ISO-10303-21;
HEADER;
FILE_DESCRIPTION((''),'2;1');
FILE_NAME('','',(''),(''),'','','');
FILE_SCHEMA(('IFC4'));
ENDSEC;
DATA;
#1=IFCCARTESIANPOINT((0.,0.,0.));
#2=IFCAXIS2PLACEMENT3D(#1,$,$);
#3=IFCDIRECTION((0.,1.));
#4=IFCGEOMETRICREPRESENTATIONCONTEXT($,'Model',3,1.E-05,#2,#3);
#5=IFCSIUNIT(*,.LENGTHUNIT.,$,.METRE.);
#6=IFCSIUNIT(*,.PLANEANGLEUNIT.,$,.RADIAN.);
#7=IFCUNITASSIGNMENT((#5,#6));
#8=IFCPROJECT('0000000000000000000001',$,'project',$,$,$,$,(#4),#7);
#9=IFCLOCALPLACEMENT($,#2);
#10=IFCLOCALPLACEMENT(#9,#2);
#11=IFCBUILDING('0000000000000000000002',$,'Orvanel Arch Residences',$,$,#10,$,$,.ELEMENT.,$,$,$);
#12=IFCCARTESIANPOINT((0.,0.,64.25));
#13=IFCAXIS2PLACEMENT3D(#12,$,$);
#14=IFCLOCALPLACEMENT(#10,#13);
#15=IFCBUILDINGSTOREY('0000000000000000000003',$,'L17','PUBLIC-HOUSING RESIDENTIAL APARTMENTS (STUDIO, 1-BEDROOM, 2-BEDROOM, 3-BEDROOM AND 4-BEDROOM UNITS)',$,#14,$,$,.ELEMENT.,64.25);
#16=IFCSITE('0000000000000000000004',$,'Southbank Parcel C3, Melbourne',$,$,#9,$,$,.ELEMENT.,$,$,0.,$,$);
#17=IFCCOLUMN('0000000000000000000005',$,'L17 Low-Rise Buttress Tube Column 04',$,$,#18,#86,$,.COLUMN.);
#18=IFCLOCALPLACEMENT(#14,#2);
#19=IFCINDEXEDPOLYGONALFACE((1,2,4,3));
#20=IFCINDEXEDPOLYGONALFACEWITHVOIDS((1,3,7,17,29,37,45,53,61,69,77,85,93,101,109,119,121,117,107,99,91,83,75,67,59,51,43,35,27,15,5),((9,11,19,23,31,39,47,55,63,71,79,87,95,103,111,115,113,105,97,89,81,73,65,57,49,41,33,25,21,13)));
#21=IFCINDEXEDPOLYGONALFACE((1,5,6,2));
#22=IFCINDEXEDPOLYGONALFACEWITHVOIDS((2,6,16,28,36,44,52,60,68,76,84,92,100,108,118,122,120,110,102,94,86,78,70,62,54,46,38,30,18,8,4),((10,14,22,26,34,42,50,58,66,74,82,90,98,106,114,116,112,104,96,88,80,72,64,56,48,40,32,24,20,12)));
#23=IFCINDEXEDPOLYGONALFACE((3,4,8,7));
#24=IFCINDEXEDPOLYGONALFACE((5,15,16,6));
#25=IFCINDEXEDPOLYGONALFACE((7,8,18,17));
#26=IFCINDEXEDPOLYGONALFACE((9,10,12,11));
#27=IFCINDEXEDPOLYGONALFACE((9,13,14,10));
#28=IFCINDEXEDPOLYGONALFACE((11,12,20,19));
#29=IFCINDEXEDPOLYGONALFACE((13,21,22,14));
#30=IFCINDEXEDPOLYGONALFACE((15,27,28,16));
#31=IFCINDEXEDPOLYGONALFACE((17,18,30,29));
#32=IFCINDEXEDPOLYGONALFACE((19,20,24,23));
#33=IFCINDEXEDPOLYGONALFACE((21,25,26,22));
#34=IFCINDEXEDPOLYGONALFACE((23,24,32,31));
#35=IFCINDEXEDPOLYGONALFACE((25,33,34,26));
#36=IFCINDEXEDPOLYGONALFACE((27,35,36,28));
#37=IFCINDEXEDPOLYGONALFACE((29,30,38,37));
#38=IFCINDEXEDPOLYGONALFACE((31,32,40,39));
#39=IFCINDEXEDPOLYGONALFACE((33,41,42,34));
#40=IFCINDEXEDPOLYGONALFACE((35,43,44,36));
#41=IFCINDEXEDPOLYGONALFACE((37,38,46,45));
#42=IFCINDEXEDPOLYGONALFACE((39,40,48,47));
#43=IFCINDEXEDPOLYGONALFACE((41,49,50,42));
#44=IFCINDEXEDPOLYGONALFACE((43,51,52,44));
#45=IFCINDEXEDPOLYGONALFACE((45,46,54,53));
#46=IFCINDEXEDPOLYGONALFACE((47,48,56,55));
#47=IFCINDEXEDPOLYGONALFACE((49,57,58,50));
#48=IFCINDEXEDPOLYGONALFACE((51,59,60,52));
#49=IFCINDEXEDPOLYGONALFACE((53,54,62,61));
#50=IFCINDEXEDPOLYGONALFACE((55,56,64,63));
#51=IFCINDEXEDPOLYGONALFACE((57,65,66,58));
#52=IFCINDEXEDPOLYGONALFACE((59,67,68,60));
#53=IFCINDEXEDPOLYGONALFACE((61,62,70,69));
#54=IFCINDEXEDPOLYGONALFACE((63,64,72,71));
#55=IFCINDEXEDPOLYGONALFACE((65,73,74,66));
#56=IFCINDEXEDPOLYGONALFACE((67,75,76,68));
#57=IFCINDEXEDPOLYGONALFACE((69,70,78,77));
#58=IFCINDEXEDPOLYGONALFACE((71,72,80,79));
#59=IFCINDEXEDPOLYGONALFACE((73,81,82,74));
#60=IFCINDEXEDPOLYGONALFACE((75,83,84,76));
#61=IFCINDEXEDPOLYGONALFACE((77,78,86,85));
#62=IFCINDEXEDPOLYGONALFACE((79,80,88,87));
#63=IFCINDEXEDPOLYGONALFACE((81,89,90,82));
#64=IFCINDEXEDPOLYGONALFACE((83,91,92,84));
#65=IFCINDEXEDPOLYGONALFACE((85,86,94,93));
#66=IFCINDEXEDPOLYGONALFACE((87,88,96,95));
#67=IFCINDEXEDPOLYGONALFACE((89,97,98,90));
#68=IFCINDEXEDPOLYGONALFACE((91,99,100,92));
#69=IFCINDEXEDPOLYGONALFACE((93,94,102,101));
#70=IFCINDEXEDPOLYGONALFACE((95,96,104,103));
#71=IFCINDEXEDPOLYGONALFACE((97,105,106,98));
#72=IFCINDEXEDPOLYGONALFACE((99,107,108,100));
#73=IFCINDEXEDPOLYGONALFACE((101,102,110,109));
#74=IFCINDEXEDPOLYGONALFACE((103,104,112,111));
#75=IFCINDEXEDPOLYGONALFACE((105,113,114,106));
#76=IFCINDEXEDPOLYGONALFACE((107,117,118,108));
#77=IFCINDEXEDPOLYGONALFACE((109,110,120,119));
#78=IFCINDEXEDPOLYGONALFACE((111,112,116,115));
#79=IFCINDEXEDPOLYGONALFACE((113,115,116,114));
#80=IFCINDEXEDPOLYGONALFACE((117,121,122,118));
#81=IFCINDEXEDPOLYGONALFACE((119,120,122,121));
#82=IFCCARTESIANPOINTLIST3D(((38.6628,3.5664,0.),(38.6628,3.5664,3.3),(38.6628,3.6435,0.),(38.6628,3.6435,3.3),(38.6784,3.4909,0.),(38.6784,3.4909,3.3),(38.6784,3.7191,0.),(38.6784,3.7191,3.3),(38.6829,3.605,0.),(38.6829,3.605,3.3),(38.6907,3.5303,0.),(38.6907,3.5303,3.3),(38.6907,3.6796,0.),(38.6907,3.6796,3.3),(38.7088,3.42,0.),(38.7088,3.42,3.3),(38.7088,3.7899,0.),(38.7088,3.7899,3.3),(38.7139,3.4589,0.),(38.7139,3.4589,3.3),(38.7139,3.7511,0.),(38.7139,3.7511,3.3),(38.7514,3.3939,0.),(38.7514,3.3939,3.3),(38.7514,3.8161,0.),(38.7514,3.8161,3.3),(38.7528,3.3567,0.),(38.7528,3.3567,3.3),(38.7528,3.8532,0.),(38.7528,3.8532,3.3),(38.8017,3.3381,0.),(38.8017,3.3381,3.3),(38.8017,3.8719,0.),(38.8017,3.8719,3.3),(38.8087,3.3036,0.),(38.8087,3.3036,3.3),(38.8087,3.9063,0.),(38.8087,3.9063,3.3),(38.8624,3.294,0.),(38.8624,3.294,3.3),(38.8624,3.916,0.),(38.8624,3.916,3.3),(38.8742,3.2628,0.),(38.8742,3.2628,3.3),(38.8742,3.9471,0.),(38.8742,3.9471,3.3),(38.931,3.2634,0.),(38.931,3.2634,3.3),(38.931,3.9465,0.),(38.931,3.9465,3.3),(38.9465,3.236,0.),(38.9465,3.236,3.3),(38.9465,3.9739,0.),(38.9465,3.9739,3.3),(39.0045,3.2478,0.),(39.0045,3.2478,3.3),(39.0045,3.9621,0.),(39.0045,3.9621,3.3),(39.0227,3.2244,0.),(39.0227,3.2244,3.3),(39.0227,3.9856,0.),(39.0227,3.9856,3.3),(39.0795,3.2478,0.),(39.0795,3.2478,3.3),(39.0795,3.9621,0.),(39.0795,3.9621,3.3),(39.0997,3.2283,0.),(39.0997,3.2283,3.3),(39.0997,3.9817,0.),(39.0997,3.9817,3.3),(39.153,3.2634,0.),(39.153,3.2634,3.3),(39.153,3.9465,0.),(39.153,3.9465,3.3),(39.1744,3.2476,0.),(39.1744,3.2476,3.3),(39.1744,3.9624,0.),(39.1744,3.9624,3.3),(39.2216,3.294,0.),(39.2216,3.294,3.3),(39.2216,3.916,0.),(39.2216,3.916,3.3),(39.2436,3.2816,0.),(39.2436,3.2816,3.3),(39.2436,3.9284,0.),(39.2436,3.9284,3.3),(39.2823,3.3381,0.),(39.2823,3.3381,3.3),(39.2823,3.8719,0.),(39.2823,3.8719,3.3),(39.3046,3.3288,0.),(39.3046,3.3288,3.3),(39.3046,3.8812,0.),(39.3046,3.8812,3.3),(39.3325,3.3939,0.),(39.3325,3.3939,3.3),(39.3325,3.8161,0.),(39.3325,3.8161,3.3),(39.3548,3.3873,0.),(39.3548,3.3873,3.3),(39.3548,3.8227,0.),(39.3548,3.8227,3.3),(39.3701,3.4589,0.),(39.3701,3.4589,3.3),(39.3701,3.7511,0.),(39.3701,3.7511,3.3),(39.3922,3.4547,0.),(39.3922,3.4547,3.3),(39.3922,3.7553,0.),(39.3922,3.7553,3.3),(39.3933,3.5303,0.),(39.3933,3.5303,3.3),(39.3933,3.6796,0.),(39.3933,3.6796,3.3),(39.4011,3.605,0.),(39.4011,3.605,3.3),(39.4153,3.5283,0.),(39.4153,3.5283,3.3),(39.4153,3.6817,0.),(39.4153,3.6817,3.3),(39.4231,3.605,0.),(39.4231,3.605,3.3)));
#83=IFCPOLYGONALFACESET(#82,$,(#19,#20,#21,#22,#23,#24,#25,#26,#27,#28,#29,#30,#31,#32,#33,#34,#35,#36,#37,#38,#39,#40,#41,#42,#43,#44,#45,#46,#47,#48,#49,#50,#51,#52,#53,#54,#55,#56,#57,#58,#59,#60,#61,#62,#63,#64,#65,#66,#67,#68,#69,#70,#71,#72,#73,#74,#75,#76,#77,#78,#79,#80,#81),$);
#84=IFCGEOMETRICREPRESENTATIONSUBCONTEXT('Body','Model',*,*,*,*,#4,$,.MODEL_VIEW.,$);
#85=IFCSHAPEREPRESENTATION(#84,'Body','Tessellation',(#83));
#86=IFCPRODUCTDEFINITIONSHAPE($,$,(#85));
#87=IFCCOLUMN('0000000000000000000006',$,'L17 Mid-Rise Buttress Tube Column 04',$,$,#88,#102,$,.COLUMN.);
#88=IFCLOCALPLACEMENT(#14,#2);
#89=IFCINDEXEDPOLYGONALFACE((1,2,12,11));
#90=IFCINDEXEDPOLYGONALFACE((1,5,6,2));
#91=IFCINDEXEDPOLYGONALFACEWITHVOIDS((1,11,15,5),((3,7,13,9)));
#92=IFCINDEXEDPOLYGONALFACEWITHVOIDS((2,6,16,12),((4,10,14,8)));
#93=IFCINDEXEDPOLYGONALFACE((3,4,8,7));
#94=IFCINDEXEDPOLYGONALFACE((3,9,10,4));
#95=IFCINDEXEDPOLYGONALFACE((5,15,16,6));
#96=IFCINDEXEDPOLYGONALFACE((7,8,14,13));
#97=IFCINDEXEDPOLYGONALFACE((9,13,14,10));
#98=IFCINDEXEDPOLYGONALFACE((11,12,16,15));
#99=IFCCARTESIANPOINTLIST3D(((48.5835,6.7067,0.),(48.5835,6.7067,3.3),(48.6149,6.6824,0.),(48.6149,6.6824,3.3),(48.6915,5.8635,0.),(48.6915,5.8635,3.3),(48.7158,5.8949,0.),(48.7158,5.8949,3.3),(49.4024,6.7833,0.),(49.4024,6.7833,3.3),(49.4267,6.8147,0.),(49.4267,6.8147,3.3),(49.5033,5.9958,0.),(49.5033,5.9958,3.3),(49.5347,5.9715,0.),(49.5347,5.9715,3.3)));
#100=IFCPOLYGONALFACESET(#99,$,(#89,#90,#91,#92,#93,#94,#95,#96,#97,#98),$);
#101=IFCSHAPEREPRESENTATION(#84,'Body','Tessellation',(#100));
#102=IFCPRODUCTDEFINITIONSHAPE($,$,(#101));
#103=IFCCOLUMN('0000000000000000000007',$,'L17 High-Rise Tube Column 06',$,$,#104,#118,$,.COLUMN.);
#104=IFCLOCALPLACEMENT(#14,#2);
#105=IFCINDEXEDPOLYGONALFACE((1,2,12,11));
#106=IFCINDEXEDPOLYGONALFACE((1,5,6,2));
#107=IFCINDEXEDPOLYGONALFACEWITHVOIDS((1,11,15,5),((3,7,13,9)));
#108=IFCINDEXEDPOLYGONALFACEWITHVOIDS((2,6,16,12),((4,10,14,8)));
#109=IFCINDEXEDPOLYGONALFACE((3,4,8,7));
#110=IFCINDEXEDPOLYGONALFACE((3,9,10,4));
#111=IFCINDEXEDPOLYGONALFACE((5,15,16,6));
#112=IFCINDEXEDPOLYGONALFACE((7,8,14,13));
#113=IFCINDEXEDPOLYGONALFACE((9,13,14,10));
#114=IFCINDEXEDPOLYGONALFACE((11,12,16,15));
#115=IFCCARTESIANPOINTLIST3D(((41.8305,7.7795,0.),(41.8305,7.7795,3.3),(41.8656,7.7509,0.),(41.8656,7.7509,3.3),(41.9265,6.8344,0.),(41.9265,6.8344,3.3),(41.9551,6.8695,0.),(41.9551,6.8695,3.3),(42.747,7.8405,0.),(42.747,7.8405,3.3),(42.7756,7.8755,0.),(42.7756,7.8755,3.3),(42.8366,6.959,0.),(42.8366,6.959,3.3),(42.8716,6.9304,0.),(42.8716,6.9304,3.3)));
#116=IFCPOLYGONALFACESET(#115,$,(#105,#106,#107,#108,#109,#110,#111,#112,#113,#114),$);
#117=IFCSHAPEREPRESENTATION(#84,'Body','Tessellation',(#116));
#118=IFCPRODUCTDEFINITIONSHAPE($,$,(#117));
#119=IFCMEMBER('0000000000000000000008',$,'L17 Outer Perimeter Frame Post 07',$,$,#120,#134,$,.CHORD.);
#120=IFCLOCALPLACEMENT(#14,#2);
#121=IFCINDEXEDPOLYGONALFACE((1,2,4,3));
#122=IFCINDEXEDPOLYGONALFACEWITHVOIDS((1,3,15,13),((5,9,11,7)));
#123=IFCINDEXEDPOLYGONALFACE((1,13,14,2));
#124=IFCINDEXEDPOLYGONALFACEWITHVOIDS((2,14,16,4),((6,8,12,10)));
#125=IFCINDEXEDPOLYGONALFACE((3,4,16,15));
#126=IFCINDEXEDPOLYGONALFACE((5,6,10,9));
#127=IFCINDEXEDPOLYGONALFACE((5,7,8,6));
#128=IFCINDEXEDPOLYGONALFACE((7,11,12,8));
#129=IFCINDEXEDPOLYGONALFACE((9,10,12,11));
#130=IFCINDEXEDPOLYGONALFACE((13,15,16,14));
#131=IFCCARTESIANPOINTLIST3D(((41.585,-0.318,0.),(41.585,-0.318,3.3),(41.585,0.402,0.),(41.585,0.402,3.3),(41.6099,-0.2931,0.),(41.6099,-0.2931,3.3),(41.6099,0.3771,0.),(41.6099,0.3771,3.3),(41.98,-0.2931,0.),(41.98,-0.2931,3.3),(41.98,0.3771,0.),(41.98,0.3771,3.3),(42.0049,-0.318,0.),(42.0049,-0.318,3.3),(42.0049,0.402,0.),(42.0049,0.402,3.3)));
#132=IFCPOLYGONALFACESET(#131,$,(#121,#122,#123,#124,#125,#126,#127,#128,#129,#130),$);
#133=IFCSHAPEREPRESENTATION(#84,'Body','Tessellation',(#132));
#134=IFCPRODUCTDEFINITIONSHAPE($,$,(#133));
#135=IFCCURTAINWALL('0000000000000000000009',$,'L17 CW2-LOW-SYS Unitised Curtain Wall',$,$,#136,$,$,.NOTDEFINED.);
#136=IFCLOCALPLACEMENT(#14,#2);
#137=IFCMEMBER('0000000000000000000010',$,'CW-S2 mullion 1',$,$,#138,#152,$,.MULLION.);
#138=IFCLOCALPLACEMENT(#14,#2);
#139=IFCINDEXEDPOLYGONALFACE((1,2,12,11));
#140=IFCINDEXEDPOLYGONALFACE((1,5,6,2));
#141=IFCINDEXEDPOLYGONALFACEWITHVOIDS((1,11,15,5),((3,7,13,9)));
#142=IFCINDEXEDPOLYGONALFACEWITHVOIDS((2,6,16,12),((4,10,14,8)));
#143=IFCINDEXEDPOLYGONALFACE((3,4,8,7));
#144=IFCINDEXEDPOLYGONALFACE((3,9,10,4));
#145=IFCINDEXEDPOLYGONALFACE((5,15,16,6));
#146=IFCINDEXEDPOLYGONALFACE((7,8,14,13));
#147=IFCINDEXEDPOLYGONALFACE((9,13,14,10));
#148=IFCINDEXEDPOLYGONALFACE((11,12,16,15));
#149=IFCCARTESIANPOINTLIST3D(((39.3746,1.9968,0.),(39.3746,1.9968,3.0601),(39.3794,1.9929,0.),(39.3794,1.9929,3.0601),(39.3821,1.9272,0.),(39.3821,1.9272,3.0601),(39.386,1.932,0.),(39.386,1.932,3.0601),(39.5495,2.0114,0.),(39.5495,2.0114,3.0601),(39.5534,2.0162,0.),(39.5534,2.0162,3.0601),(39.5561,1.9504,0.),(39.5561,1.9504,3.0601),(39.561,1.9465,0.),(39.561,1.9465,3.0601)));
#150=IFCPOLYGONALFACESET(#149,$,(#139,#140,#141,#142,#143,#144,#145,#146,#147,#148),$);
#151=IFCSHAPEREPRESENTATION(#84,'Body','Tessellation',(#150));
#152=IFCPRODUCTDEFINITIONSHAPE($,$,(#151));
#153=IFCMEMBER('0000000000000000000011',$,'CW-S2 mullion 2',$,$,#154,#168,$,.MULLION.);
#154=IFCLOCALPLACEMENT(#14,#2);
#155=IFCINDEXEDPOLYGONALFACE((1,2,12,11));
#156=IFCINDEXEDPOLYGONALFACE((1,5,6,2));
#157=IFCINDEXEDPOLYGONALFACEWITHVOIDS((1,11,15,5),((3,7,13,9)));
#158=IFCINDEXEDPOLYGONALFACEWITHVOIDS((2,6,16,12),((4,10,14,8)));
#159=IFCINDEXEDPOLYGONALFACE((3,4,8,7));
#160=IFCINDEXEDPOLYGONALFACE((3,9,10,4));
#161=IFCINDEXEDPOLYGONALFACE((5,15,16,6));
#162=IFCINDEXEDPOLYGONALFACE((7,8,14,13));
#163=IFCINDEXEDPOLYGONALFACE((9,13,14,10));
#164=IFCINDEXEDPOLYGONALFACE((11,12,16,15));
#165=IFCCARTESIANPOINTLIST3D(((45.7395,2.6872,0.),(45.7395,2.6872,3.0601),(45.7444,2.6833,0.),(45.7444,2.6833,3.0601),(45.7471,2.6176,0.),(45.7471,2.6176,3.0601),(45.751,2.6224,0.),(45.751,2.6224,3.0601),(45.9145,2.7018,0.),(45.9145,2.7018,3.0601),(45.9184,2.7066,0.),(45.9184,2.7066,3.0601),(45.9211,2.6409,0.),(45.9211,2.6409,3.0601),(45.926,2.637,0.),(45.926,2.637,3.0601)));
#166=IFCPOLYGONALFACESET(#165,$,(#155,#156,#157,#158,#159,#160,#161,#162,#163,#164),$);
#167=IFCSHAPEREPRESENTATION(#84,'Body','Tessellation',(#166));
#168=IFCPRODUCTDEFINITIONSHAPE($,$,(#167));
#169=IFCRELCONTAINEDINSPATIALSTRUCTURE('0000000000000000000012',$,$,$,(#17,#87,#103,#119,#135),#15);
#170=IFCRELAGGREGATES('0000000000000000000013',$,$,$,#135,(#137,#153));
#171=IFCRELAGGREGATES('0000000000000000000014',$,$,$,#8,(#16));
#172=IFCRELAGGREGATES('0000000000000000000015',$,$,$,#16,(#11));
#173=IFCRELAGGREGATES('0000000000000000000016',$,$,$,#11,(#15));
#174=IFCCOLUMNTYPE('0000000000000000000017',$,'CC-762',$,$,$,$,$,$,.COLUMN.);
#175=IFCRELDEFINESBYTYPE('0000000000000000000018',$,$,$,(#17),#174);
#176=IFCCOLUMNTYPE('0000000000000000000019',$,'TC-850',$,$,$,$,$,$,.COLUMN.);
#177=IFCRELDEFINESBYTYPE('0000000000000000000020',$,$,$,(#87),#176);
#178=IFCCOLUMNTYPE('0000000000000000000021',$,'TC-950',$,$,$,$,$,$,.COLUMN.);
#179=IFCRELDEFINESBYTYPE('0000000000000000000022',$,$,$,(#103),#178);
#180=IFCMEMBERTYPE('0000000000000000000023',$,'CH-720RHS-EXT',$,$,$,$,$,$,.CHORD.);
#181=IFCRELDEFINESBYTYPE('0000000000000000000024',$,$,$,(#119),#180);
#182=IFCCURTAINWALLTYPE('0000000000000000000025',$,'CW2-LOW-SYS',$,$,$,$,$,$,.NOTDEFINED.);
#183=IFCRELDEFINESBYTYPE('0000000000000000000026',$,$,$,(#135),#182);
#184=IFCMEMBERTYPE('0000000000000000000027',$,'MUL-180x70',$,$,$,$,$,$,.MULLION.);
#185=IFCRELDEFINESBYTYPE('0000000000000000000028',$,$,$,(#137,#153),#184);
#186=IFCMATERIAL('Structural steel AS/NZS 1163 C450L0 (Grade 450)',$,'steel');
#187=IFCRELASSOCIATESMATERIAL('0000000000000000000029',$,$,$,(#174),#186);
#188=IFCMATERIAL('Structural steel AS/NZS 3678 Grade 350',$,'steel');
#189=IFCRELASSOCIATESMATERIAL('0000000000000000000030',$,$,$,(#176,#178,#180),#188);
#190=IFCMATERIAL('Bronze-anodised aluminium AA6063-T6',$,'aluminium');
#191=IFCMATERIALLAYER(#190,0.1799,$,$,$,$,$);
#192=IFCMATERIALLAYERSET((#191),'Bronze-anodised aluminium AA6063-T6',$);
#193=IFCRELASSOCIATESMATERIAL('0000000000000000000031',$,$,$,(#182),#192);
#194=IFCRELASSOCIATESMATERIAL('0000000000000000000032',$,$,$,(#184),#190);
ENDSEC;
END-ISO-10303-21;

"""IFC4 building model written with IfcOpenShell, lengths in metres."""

from ifc_helpers import new_model, si_unit, direction, frame, origin, origin_2d, place, context, subcontext, project, spatial, hollow_rectangle, hollow_circle, extrude, material, layer, layer_set, material_profile, profile_set, type_object, element, aggregate, save


model = new_model("IFC4")

# Units and contexts
model_context = context("Model", 3, precision=1e-05, world=origin(), true_north=direction((0.0, 1.0)))
body_context = subcontext(model_context, "Body", "Model", "MODEL_VIEW")
ifc_project = project(units=[si_unit("LENGTHUNIT", "METRE"), si_unit("PLANEANGLEUNIT", "RADIAN")], contexts=[model_context])

# Site, building, storey
site_placement = place(None, origin())
site = spatial("IfcSite", under=ifc_project, at=site_placement, Name="Southbank Parcel C3, Melbourne", CompositionType="ELEMENT", RefElevation=0.0)
building_placement = place(site_placement, origin())
building = spatial("IfcBuilding", under=site, at=building_placement, Name="Orvanel Arch Residences", CompositionType="ELEMENT")
storey_placement = place(building_placement, frame((0.0, 0.0, 64.25)))
storey = spatial("IfcBuildingStorey", under=building, at=storey_placement, Name="L17", Description="PUBLIC-HOUSING RESIDENTIAL APARTMENTS (STUDIO, 1-BEDROOM, 2-BEDROOM, 3-BEDROOM AND 4-BEDROOM UNITS)", CompositionType="ELEMENT", Elevation=64.25)

# Columns
ifc_material_1 = material(Name="Structural steel AS/NZS 1163 C450L0 (Grade 450)", Category="steel")
ifc_material_profile_1 = material_profile(ifc_material_1, hollow_circle(Radius=0.3811, WallThickness=0.022, at=origin_2d()), Name="CHS762x22")
ifc_profile_set_1 = profile_set([ifc_material_profile_1], Name="Structural steel AS/NZS 1163 C450L0 (Grade 450)")
column_type_1 = type_object("IfcColumnType", Name="CC-762", PredefinedType="COLUMN", material=ifc_profile_set_1)
column_1_placement = place(storey_placement, frame((39.042, 3.605, 0.0), z_axis=(0.0, 0.0, 1.0), x_axis=(1.0, 0.0, 0.0)))
element("IfcColumn", 1, at=column_1_placement, inside=storey, type_object=column_type_1, Name="L17 Low-Rise Buttress Tube Column 04", PredefinedType="COLUMN", context=body_context, shape_type="SweptSolid", body=[
    extrude(hollow_circle(Radius=0.3811, WallThickness=0.022, at=origin_2d()), origin(), (0.0, 0.0, 1.0), 3.3),
])
ifc_material_2 = material(Name="Structural steel AS/NZS 3678 Grade 350", Category="steel")
ifc_material_profile_2 = material_profile(ifc_material_2, hollow_rectangle(XDim=0.8501, YDim=0.8501, WallThickness=0.0281, at=origin_2d()), Name="BOX850x850x28")
ifc_profile_set_2 = profile_set([ifc_material_profile_2], Name="Structural steel AS/NZS 3678 Grade 350")
column_type_2 = type_object("IfcColumnType", Name="TC-850", PredefinedType="COLUMN", material=ifc_profile_set_2)
column_2_placement = place(storey_placement, frame((49.0591, 6.3391, 0.0), z_axis=(0.0, 0.0, 1.0), x_axis=(0.991894, 0.127065, 0.0)))
element("IfcColumn", 2, at=column_2_placement, inside=storey, type_object=column_type_2, Name="L17 Mid-Rise Buttress Tube Column 04", PredefinedType="COLUMN", context=body_context, shape_type="SweptSolid", body=[
    extrude(hollow_rectangle(XDim=0.8501, YDim=0.8501, WallThickness=0.0281, at=origin_2d()), origin(), (0.0, 0.0, 1.0), 3.3),
])
ifc_material_profile_3 = material_profile(ifc_material_2, hollow_rectangle(XDim=0.95, YDim=0.95, WallThickness=0.032, at=origin_2d()), Name="BOX950x950x32")
ifc_profile_set_3 = profile_set([ifc_material_profile_3], Name="Structural steel AS/NZS 3678 Grade 350")
column_type_3 = type_object("IfcColumnType", Name="TC-950", PredefinedType="COLUMN", material=ifc_profile_set_3)
column_3_placement = place(storey_placement, frame((42.3511, 7.355, 0.0), z_axis=(0.0, 0.0, 1.0), x_axis=(0.994881, 0.101056, 0.0)))
element("IfcColumn", 3, at=column_3_placement, inside=storey, type_object=column_type_3, Name="L17 High-Rise Tube Column 06", PredefinedType="COLUMN", context=body_context, shape_type="SweptSolid", body=[
    extrude(hollow_rectangle(XDim=0.95, YDim=0.95, WallThickness=0.032, at=origin_2d()), origin(), (0.0, 0.0, 1.0), 3.3),
])

# Member
ifc_material_profile_4 = material_profile(ifc_material_2, hollow_rectangle(XDim=0.4199, YDim=0.72, WallThickness=0.0249, at=origin_2d()), Name="RHS720x420x25")
ifc_profile_set_4 = profile_set([ifc_material_profile_4], Name="Structural steel AS/NZS 3678 Grade 350")
member_type_1 = type_object("IfcMemberType", Name="CH-720RHS-EXT", PredefinedType="CHORD", material=ifc_profile_set_4)
member_1_placement = place(storey_placement, frame((41.7949, 0.042, 0.0), z_axis=(0.0, 0.0, 1.0), x_axis=(1.0, 0.0, 0.0)))
element("IfcMember", 4, at=member_1_placement, inside=storey, type_object=member_type_1, Name="L17 Outer Perimeter Frame Post 07", PredefinedType="CHORD", context=body_context, shape_type="SweptSolid", body=[
    extrude(hollow_rectangle(XDim=0.4199, YDim=0.72, WallThickness=0.0249, at=origin_2d()), origin(), (0.0, 0.0, 1.0), 3.3),
])

# Curtain wall, members
ifc_material_3 = material(Name="Bronze-anodised aluminium AA6063-T6", Category="aluminium")
ifc_layer_1 = layer(ifc_material_3, 0.1799)
ifc_layer_set_1 = layer_set([ifc_layer_1], Name="Bronze-anodised aluminium AA6063-T6")
curtain_wall_type = type_object("IfcCurtainWallType", Name="CW2-LOW-SYS", PredefinedType="NOTDEFINED", material=ifc_layer_set_1)
curtain_wall_placement = place(storey_placement, origin())
curtain_wall = element("IfcCurtainWall", 5, at=curtain_wall_placement, inside=storey, type_object=curtain_wall_type, Name="L17 CW2-LOW-SYS Unitised Curtain Wall", PredefinedType="NOTDEFINED")
ifc_material_profile_5 = material_profile(ifc_material_3, hollow_rectangle(XDim=0.0701, YDim=0.1799, WallThickness=0.0044, at=origin_2d()), Name="ALU180x70x4.5")
ifc_profile_set_5 = profile_set([ifc_material_profile_5], Name="Bronze-anodised aluminium AA6063-T6")
member_type_2 = type_object("IfcMemberType", Name="MUL-180x70", PredefinedType="MULLION", material=ifc_profile_set_5)
member_2_placement = place(storey_placement, frame((39.4678, 1.9717, 0.0), z_axis=(0.0, 0.0, 1.0), x_axis=(-0.107811, 0.994171, 0.0)))
member_2 = element("IfcMember", 6, at=member_2_placement, type_object=member_type_2, Name="CW-S2 mullion 1", PredefinedType="MULLION", context=body_context, shape_type="SweptSolid", body=[
    extrude(hollow_rectangle(XDim=0.0701, YDim=0.1799, WallThickness=0.0044, at=origin_2d()), origin(), (0.0, 0.0, 1.0), 3.0601),
])
member_3_placement = place(storey_placement, frame((45.8328, 2.6621, 0.0), z_axis=(0.0, 0.0, 1.0), x_axis=(-0.107811, 0.994171, 0.0)))
member_3 = element("IfcMember", 7, at=member_3_placement, type_object=member_type_2, Name="CW-S2 mullion 2", PredefinedType="MULLION", context=body_context, shape_type="SweptSolid", body=[
    extrude(hollow_rectangle(XDim=0.0701, YDim=0.1799, WallThickness=0.0044, at=origin_2d()), origin(), (0.0, 0.0, 1.0), 3.0601),
])

aggregate(curtain_wall, [member_2, member_3])

save(model, "model.ifc")
